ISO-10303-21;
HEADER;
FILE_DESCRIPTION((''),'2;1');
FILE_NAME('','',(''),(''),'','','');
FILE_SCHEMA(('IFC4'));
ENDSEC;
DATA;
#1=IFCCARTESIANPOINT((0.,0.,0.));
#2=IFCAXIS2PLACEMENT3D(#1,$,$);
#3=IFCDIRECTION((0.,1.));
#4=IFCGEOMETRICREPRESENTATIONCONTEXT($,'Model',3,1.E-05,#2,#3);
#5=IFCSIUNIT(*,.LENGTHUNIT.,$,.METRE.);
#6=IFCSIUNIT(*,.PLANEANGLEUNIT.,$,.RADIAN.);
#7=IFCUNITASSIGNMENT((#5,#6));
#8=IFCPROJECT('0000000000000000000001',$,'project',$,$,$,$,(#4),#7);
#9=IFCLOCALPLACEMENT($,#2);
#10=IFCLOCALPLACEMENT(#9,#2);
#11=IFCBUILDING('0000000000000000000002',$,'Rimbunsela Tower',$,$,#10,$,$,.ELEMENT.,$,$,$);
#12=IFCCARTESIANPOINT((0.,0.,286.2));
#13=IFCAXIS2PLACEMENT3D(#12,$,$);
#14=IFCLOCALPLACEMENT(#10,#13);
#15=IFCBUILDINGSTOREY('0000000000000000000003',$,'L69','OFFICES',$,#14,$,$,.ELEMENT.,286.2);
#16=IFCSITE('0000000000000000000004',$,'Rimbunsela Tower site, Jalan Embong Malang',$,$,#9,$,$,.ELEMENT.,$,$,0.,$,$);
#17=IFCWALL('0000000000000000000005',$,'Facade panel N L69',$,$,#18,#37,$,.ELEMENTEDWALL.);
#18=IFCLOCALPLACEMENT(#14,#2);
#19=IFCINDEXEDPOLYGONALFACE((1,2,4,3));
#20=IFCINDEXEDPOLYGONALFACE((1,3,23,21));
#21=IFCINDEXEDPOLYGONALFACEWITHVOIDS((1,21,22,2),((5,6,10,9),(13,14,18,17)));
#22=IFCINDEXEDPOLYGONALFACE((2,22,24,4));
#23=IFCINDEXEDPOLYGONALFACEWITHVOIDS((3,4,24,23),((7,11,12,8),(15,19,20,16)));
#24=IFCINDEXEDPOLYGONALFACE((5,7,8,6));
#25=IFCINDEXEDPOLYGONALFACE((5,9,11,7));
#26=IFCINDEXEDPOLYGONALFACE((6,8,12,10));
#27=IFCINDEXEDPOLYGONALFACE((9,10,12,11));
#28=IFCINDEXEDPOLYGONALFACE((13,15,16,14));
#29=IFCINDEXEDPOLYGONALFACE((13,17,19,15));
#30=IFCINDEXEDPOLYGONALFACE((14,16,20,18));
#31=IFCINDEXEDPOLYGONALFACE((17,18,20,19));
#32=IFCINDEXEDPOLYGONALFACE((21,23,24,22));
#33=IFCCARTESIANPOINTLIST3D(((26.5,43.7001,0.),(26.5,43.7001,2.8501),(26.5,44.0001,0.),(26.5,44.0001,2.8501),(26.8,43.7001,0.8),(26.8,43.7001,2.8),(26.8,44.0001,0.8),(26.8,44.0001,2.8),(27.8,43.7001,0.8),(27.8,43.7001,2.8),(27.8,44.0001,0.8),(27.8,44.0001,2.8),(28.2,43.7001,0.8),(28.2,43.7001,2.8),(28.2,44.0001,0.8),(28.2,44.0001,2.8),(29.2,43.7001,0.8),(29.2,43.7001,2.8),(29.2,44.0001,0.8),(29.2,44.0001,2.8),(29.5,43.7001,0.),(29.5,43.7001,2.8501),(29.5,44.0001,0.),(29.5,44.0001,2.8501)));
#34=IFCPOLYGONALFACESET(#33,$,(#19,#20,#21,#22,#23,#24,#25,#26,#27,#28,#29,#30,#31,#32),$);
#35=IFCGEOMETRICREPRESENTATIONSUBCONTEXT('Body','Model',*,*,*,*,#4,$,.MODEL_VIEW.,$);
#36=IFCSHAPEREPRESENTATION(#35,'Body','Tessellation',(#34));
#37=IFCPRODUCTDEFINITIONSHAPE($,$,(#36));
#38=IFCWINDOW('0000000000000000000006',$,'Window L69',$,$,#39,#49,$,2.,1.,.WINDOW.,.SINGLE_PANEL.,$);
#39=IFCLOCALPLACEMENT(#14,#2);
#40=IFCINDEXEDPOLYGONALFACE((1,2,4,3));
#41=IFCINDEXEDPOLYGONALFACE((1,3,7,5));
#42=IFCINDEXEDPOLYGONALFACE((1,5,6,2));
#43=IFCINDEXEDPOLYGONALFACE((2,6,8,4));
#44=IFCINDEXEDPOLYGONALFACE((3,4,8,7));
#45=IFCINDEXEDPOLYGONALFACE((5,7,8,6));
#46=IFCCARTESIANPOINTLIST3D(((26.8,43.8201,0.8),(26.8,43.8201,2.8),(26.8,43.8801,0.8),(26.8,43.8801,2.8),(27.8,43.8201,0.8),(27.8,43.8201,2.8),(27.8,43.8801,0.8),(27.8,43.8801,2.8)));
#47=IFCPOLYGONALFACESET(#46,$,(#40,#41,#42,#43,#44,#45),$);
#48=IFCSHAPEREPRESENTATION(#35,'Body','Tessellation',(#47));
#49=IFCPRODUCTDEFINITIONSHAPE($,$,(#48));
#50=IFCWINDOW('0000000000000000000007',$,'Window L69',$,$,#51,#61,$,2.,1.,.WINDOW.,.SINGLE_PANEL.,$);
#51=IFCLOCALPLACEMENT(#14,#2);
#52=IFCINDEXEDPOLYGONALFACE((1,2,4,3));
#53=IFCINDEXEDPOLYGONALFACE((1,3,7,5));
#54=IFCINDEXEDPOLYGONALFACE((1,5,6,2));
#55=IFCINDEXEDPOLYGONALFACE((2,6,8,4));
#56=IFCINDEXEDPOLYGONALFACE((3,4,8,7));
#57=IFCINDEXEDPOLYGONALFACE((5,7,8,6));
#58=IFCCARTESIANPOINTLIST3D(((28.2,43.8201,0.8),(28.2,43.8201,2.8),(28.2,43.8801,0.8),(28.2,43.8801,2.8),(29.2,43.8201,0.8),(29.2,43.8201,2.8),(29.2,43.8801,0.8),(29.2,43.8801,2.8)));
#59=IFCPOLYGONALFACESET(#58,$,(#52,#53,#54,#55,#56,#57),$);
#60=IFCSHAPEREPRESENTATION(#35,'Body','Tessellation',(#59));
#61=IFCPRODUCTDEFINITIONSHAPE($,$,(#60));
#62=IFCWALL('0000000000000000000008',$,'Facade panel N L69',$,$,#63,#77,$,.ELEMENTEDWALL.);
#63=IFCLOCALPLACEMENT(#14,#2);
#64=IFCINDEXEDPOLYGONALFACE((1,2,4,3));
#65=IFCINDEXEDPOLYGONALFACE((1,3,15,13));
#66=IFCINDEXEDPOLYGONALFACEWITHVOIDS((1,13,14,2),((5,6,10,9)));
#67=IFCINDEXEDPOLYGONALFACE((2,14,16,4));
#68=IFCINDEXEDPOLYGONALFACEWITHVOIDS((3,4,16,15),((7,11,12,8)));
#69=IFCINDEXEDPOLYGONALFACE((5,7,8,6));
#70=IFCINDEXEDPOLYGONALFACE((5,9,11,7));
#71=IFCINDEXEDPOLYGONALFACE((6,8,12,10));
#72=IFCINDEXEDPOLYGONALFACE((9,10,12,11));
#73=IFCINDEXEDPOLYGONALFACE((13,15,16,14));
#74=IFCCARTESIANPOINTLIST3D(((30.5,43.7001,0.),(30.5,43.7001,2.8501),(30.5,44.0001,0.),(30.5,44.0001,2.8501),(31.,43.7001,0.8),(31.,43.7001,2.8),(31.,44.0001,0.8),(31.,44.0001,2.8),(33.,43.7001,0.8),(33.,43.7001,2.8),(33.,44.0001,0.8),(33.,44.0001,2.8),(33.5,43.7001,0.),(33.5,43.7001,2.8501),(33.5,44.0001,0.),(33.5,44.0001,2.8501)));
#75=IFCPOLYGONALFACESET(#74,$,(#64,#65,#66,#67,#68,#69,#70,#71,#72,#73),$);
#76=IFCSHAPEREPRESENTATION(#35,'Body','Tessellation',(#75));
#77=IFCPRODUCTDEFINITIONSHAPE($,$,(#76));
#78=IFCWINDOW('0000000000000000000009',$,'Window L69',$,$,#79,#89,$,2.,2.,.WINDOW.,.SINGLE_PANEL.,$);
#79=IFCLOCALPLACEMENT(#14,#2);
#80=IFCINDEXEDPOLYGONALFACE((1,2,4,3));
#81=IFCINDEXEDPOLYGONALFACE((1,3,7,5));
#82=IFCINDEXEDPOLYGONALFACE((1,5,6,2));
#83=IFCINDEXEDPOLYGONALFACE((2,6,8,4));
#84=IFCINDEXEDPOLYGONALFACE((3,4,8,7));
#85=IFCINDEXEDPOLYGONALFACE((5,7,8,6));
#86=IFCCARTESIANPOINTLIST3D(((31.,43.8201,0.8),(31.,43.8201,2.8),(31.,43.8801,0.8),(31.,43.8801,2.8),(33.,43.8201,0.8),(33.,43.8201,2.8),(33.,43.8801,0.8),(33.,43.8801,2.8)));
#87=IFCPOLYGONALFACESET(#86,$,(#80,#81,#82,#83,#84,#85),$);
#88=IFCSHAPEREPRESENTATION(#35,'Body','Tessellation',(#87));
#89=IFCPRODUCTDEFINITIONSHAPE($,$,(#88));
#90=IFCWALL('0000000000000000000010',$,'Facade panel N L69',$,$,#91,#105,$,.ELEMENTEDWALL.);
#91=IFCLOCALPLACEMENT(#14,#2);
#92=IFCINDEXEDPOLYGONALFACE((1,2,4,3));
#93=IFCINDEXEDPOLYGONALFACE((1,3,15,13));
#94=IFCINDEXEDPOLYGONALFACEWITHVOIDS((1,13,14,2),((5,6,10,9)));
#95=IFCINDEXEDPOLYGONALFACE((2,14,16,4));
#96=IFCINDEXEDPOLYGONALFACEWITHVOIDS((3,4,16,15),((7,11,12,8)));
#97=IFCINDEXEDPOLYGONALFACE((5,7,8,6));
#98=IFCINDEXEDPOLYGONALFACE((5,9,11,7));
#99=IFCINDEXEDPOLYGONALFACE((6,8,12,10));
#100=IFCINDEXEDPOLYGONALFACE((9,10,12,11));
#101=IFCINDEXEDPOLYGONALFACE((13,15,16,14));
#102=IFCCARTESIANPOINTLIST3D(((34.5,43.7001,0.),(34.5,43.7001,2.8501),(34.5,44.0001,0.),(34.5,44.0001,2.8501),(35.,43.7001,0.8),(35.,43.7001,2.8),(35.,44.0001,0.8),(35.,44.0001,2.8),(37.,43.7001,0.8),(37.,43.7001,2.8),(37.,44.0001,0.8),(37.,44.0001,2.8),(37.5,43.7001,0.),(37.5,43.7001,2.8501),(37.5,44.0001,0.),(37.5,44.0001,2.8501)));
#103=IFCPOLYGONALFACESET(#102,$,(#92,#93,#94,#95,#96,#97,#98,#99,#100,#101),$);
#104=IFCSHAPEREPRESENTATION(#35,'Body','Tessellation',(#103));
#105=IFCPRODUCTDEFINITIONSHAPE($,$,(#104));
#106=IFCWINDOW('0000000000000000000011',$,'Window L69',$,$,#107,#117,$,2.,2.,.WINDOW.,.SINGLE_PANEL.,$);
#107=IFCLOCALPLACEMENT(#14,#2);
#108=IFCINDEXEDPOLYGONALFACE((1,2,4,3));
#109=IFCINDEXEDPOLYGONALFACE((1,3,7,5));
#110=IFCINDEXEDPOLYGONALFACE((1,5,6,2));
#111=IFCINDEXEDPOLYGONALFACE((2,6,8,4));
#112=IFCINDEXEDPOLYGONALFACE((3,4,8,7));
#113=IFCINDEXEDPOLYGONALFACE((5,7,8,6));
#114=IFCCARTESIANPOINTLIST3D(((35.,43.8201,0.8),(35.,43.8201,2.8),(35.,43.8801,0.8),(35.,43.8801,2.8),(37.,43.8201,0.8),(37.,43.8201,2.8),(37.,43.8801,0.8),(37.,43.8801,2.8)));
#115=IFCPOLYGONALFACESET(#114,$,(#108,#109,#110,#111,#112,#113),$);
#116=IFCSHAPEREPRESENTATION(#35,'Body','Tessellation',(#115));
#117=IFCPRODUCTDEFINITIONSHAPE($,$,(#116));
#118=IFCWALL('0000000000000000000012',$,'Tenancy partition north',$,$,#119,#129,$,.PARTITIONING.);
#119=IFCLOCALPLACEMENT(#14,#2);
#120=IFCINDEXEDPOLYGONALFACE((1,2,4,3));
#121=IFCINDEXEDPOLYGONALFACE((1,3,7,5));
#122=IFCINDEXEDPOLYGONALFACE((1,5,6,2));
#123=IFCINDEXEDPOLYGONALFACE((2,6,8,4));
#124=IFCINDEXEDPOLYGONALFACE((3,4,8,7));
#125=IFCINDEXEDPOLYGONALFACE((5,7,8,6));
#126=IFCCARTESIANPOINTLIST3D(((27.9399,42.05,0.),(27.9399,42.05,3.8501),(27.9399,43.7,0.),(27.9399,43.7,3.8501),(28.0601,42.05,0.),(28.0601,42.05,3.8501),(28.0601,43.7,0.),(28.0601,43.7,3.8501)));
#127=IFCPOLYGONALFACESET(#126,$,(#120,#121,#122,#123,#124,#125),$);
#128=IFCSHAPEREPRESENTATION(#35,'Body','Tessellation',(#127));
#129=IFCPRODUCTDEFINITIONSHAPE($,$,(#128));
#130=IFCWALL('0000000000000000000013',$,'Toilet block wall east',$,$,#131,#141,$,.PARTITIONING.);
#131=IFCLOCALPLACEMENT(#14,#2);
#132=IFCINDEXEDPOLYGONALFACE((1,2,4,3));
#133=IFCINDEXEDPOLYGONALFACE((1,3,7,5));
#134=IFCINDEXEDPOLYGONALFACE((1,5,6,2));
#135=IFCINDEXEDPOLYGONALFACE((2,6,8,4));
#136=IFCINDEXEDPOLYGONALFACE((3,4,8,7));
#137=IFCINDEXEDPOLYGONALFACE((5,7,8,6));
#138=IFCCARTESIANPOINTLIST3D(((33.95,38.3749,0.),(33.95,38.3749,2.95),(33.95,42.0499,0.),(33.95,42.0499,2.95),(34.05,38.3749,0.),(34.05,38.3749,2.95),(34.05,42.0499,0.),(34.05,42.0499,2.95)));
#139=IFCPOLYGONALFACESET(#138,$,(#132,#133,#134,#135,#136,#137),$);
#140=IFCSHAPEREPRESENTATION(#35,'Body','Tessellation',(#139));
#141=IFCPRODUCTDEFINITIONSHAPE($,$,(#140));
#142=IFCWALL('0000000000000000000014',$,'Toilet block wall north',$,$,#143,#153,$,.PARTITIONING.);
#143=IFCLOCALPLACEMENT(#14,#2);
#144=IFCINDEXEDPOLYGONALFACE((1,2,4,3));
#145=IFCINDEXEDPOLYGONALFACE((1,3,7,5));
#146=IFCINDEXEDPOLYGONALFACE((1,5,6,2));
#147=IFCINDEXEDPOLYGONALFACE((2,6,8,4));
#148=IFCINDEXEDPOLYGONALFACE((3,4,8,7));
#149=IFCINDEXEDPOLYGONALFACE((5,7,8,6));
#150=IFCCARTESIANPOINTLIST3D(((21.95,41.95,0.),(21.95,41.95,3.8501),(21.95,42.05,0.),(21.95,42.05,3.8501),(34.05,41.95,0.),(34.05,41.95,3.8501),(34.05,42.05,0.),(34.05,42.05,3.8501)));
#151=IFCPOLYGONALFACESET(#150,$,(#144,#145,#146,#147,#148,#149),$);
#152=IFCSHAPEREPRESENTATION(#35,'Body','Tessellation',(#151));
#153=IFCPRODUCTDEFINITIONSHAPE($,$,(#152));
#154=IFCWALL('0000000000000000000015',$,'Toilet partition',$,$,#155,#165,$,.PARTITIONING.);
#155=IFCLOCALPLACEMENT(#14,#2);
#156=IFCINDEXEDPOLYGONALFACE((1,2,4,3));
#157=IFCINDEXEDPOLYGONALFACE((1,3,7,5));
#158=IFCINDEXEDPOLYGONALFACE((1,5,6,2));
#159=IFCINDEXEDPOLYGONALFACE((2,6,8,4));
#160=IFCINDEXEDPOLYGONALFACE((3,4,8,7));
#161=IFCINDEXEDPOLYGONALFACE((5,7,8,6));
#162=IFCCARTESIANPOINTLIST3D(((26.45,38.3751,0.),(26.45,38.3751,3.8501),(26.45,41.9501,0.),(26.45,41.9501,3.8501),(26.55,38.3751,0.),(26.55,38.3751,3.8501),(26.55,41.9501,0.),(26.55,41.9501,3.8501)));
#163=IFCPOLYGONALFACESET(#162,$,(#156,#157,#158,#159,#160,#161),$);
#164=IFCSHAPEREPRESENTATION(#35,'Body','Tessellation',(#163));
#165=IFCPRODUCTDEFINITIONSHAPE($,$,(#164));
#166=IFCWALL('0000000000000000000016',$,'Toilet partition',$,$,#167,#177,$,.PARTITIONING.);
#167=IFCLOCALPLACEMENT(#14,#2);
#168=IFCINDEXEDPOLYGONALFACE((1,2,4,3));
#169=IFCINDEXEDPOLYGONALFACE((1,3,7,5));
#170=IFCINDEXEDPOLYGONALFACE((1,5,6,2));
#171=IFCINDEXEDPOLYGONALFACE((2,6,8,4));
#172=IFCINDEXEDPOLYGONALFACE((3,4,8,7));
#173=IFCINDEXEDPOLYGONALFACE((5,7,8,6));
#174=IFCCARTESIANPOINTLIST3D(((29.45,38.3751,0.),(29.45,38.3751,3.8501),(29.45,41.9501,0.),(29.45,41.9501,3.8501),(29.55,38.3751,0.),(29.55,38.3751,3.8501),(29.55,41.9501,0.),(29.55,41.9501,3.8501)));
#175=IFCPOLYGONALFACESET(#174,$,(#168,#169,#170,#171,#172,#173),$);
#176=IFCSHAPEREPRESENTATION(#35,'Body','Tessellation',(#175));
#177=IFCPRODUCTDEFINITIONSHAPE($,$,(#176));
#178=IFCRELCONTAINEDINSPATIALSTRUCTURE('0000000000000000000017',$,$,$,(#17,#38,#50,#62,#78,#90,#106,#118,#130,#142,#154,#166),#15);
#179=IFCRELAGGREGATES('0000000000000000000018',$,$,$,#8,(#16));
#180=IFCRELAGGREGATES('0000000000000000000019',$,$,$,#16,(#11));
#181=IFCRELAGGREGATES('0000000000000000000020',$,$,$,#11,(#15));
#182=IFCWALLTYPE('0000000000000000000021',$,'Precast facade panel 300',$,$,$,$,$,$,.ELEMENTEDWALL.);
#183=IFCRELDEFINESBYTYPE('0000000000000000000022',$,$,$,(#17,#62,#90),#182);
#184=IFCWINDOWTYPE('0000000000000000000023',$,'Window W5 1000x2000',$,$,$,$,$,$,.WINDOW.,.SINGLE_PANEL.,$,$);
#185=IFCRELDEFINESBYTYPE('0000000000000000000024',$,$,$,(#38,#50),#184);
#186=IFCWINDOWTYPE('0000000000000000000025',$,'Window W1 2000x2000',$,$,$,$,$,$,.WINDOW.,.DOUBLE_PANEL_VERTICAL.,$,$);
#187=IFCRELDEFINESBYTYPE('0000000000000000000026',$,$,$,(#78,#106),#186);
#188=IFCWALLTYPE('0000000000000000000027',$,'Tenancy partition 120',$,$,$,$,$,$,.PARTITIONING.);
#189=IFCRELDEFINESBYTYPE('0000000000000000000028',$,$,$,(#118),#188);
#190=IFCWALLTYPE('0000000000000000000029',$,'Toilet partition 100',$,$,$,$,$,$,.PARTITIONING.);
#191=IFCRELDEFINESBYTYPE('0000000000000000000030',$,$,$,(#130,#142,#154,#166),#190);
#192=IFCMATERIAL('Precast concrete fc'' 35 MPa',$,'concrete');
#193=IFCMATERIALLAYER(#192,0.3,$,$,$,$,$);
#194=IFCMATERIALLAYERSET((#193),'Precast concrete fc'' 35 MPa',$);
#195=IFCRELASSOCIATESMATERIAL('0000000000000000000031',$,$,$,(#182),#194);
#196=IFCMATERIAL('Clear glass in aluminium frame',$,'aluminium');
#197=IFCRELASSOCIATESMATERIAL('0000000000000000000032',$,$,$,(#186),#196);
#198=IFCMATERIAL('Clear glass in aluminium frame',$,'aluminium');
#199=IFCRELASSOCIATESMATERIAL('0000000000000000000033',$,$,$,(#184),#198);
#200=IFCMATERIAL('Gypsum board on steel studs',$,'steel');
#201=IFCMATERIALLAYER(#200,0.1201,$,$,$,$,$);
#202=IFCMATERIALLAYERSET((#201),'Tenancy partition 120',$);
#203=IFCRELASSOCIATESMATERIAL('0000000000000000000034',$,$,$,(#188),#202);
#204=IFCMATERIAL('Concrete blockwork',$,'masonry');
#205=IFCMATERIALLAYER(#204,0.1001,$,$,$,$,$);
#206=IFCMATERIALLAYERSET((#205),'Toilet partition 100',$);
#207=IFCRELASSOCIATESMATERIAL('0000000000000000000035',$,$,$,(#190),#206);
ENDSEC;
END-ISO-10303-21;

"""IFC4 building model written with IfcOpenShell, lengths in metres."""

from ifc_helpers import new_model, si_unit, direction, frame, frame_2d, origin, place, context, subcontext, project, spatial, rectangle, extrude, material, layer, layer_set, type_object, element, fill, save


model = new_model("IFC4")

# Units and contexts
model_context = context("Model", 3, precision=1e-05, world=origin(), true_north=direction((0.0, 1.0)))
body_context = subcontext(model_context, "Body", "Model", "MODEL_VIEW")
ifc_project = project(units=[si_unit("LENGTHUNIT", "METRE"), si_unit("PLANEANGLEUNIT", "RADIAN")], contexts=[model_context])

# Site, building, storey
site_placement = place(None, origin())
site = spatial("IfcSite", under=ifc_project, at=site_placement, Name="Rimbunsela Tower site, Jalan Embong Malang", CompositionType="ELEMENT", RefElevation=0.0)
building_placement = place(site_placement, origin())
building = spatial("IfcBuilding", under=site, at=building_placement, Name="Rimbunsela Tower", CompositionType="ELEMENT")
storey_placement = place(building_placement, frame((0.0, 0.0, 286.2)))
storey = spatial("IfcBuildingStorey", under=building, at=storey_placement, Name="L69", Description="OFFICES", CompositionType="ELEMENT", Elevation=286.2)

# Shared definitions
ifc_material_1 = material(Name="Precast concrete fc' 35 MPa", Category="concrete")
ifc_layer_1 = layer(ifc_material_1, 0.3)
ifc_layer_set_1 = layer_set([ifc_layer_1], Name="Precast concrete fc' 35 MPa")
wall_type_1 = type_object("IfcWallType", Name="Precast facade panel 300", PredefinedType="ELEMENTEDWALL", material=ifc_layer_set_1)
ifc_material_2 = material(Name="Clear glass in aluminium frame", Category="aluminium")
window_type_1 = type_object("IfcWindowType", Name="Window W1 2000x2000", PartitioningType="DOUBLE_PANEL_VERTICAL", PredefinedType="WINDOW", material=ifc_material_2)

# Wall, openings, windows
wall_1_placement = place(storey_placement, frame((29.5, 43.8501, 0.0), z_axis=(0.0, 0.0, 1.0), x_axis=(-1.0, 0.0, 0.0)))
wall_1 = element("IfcWall", 1, at=wall_1_placement, inside=storey, type_object=wall_type_1, Name="Facade panel N L69", PredefinedType="ELEMENTEDWALL", context=body_context, shape_type="SweptSolid", body=[
    extrude(rectangle(XDim=3.0, YDim=0.3, at=frame_2d((1.5, 0.0))), origin(), (0.0, 0.0, 1.0), 2.8501),
])
opening_1_placement = place(wall_1_placement, frame((1.7, 0.0, 0.8)))
opening_1 = element("IfcOpeningElement", 2, at=opening_1_placement, cuts=wall_1, PredefinedType="OPENING", context=body_context, shape_type="SweptSolid", body=[
    extrude(rectangle(XDim=1.0, YDim=2.0, at=frame_2d((0.5, 1.0))), frame((0.0, 0.1599, 0.0), z_axis=(0.0, -1.0, 0.0), x_axis=(1.0, 0.0, 0.0)), (0.0, 0.0, 1.0), 0.3201),
])
opening_2_placement = place(wall_1_placement, frame((0.3, 0.0, 0.8)))
opening_2 = element("IfcOpeningElement", 3, at=opening_2_placement, cuts=wall_1, PredefinedType="OPENING", context=body_context, shape_type="SweptSolid", body=[
    extrude(rectangle(XDim=1.0, YDim=2.0, at=frame_2d((0.5, 1.0))), frame((0.0, 0.1599, 0.0), z_axis=(0.0, -1.0, 0.0), x_axis=(1.0, 0.0, 0.0)), (0.0, 0.0, 1.0), 0.3201),
])
ifc_material_3 = material(Name="Clear glass in aluminium frame", Category="aluminium")
window_type_2 = type_object("IfcWindowType", Name="Window W5 1000x2000", PartitioningType="SINGLE_PANEL", PredefinedType="WINDOW", material=ifc_material_3)
window_1_placement = place(opening_1_placement, origin())
window_1 = element("IfcWindow", 4, at=window_1_placement, inside=storey, type_object=window_type_2, Name="Window L69", OverallHeight=2.0, OverallWidth=1.0, PartitioningType="SINGLE_PANEL", PredefinedType="WINDOW", context=body_context, shape_type="SweptSolid", body=[
    extrude(rectangle(XDim=1.0, YDim=2.0, at=frame_2d((0.5, 1.0))), frame((0.0, 0.03, 0.0), z_axis=(0.0, -1.0, 0.0), x_axis=(1.0, 0.0, 0.0)), (0.0, 0.0, 1.0), 0.0601),
])
fill(opening_1, window_1)
window_2_placement = place(opening_2_placement, origin())
window_2 = element("IfcWindow", 5, at=window_2_placement, inside=storey, type_object=window_type_2, Name="Window L69", OverallHeight=2.0, OverallWidth=1.0, PartitioningType="SINGLE_PANEL", PredefinedType="WINDOW", context=body_context, shape_type="SweptSolid", body=[
    extrude(rectangle(XDim=1.0, YDim=2.0, at=frame_2d((0.5, 1.0))), frame((0.0, 0.03, 0.0), z_axis=(0.0, -1.0, 0.0), x_axis=(1.0, 0.0, 0.0)), (0.0, 0.0, 1.0), 0.0601),
])
fill(opening_2, window_2)

# Walls, openings, windows
wall_2_placement = place(storey_placement, frame((33.5, 43.8501, 0.0), z_axis=(0.0, 0.0, 1.0), x_axis=(-1.0, 0.0, 0.0)))
wall_2 = element("IfcWall", 6, at=wall_2_placement, inside=storey, type_object=wall_type_1, Name="Facade panel N L69", PredefinedType="ELEMENTEDWALL", context=body_context, shape_type="SweptSolid", body=[
    extrude(rectangle(XDim=3.0, YDim=0.3, at=frame_2d((1.5, 0.0))), origin(), (0.0, 0.0, 1.0), 2.8501),
])
opening_3_placement = place(wall_2_placement, frame((0.5, 0.0, 0.8)))
opening_3 = element("IfcOpeningElement", 7, at=opening_3_placement, cuts=wall_2, PredefinedType="OPENING", context=body_context, shape_type="SweptSolid", body=[
    extrude(rectangle(XDim=2.0, YDim=2.0, at=frame_2d((1.0, 1.0))), frame((0.0, 0.1599, 0.0), z_axis=(0.0, -1.0, 0.0), x_axis=(1.0, 0.0, 0.0)), (0.0, 0.0, 1.0), 0.3201),
])
window_3_placement = place(opening_3_placement, origin())
window_3 = element("IfcWindow", 8, at=window_3_placement, inside=storey, type_object=window_type_1, Name="Window L69", OverallHeight=2.0, OverallWidth=2.0, PartitioningType="SINGLE_PANEL", PredefinedType="WINDOW", context=body_context, shape_type="SweptSolid", body=[
    extrude(rectangle(XDim=2.0, YDim=2.0, at=frame_2d((1.0, 1.0))), frame((0.0, 0.03, 0.0), z_axis=(0.0, -1.0, 0.0), x_axis=(1.0, 0.0, 0.0)), (0.0, 0.0, 1.0), 0.0601),
])
fill(opening_3, window_3)
wall_3_placement = place(storey_placement, frame((37.5, 43.8501, 0.0), z_axis=(0.0, 0.0, 1.0), x_axis=(-1.0, 0.0, 0.0)))
wall_3 = element("IfcWall", 9, at=wall_3_placement, inside=storey, type_object=wall_type_1, Name="Facade panel N L69", PredefinedType="ELEMENTEDWALL", context=body_context, shape_type="SweptSolid", body=[
    extrude(rectangle(XDim=3.0, YDim=0.3, at=frame_2d((1.5, 0.0))), origin(), (0.0, 0.0, 1.0), 2.8501),
])
opening_4_placement = place(wall_3_placement, frame((0.5, 0.0, 0.8)))
opening_4 = element("IfcOpeningElement", 10, at=opening_4_placement, cuts=wall_3, PredefinedType="OPENING", context=body_context, shape_type="SweptSolid", body=[
    extrude(rectangle(XDim=2.0, YDim=2.0, at=frame_2d((1.0, 1.0))), frame((0.0, 0.1599, 0.0), z_axis=(0.0, -1.0, 0.0), x_axis=(1.0, 0.0, 0.0)), (0.0, 0.0, 1.0), 0.3201),
])
window_4_placement = place(opening_4_placement, origin())
window_4 = element("IfcWindow", 11, at=window_4_placement, inside=storey, type_object=window_type_1, Name="Window L69", OverallHeight=2.0, OverallWidth=2.0, PartitioningType="SINGLE_PANEL", PredefinedType="WINDOW", context=body_context, shape_type="SweptSolid", body=[
    extrude(rectangle(XDim=2.0, YDim=2.0, at=frame_2d((1.0, 1.0))), frame((0.0, 0.03, 0.0), z_axis=(0.0, -1.0, 0.0), x_axis=(1.0, 0.0, 0.0)), (0.0, 0.0, 1.0), 0.0601),
])
fill(opening_4, window_4)

# Walls
ifc_material_4 = material(Name="Gypsum board on steel studs", Category="steel")
ifc_layer_2 = layer(ifc_material_4, 0.1201)
ifc_layer_set_2 = layer_set([ifc_layer_2], Name="Tenancy partition 120")
wall_type_2 = type_object("IfcWallType", Name="Tenancy partition 120", PredefinedType="PARTITIONING", material=ifc_layer_set_2)
wall_4_placement = place(storey_placement, frame((28.0, 42.05, 0.0), z_axis=(0.0, 0.0, 1.0), x_axis=(0.0, 1.0, 0.0)))
element("IfcWall", 12, at=wall_4_placement, inside=storey, type_object=wall_type_2, Name="Tenancy partition north", PredefinedType="PARTITIONING", context=body_context, shape_type="SweptSolid", body=[
    extrude(rectangle(XDim=1.6499, YDim=0.1201, at=frame_2d((0.825, 0.0))), origin(), (0.0, 0.0, 1.0), 3.8501),
])
ifc_material_5 = material(Name="Concrete blockwork", Category="masonry")
ifc_layer_3 = layer(ifc_material_5, 0.1001)
ifc_layer_set_3 = layer_set([ifc_layer_3], Name="Toilet partition 100")
wall_type_3 = type_object("IfcWallType", Name="Toilet partition 100", PredefinedType="PARTITIONING", material=ifc_layer_set_3)
wall_5_placement = place(storey_placement, frame((34.0, 38.375, 0.0), z_axis=(0.0, 0.0, 1.0), x_axis=(0.0, 1.0, 0.0)))
element("IfcWall", 13, at=wall_5_placement, inside=storey, type_object=wall_type_3, Name="Toilet block wall east", PredefinedType="PARTITIONING", context=body_context, shape_type="SweptSolid", body=[
    extrude(rectangle(XDim=3.675, YDim=0.1001, at=frame_2d((1.8374, 0.0))), origin(), (0.0, 0.0, 1.0), 2.95),
])
wall_6_placement = place(storey_placement, frame((21.95, 42.0, 0.0), z_axis=(0.0, 0.0, 1.0), x_axis=(1.0, 0.0, 0.0)))
element("IfcWall", 14, at=wall_6_placement, inside=storey, type_object=wall_type_3, Name="Toilet block wall north", PredefinedType="PARTITIONING", context=body_context, shape_type="SweptSolid", body=[
    extrude(rectangle(XDim=12.1001, YDim=0.1001, at=frame_2d((6.05, 0.0))), origin(), (0.0, 0.0, 1.0), 3.8501),
])
for number, where, z_axis, x_axis, name in (
    (15, (26.5, 38.375, 0.0), (0.0, 0.0, 1.0), (0.0, 1.0, 0.0), "Toilet partition"),
    (16, (29.5, 38.375, 0.0), (0.0, 0.0, 1.0), (0.0, 1.0, 0.0), "Toilet partition"),
):
    element("IfcWall", number, at=place(storey_placement, frame(where, z_axis=z_axis, x_axis=x_axis)), inside=storey, type_object=wall_type_3, Name=name, PredefinedType="PARTITIONING", context=body_context, shape_type="SweptSolid", body=[
        extrude(rectangle(XDim=3.575, YDim=0.1001, at=frame_2d((1.7876, 0.0))), origin(), (0.0, 0.0, 1.0), 3.8501),
    ])

save(model, "model.ifc")
